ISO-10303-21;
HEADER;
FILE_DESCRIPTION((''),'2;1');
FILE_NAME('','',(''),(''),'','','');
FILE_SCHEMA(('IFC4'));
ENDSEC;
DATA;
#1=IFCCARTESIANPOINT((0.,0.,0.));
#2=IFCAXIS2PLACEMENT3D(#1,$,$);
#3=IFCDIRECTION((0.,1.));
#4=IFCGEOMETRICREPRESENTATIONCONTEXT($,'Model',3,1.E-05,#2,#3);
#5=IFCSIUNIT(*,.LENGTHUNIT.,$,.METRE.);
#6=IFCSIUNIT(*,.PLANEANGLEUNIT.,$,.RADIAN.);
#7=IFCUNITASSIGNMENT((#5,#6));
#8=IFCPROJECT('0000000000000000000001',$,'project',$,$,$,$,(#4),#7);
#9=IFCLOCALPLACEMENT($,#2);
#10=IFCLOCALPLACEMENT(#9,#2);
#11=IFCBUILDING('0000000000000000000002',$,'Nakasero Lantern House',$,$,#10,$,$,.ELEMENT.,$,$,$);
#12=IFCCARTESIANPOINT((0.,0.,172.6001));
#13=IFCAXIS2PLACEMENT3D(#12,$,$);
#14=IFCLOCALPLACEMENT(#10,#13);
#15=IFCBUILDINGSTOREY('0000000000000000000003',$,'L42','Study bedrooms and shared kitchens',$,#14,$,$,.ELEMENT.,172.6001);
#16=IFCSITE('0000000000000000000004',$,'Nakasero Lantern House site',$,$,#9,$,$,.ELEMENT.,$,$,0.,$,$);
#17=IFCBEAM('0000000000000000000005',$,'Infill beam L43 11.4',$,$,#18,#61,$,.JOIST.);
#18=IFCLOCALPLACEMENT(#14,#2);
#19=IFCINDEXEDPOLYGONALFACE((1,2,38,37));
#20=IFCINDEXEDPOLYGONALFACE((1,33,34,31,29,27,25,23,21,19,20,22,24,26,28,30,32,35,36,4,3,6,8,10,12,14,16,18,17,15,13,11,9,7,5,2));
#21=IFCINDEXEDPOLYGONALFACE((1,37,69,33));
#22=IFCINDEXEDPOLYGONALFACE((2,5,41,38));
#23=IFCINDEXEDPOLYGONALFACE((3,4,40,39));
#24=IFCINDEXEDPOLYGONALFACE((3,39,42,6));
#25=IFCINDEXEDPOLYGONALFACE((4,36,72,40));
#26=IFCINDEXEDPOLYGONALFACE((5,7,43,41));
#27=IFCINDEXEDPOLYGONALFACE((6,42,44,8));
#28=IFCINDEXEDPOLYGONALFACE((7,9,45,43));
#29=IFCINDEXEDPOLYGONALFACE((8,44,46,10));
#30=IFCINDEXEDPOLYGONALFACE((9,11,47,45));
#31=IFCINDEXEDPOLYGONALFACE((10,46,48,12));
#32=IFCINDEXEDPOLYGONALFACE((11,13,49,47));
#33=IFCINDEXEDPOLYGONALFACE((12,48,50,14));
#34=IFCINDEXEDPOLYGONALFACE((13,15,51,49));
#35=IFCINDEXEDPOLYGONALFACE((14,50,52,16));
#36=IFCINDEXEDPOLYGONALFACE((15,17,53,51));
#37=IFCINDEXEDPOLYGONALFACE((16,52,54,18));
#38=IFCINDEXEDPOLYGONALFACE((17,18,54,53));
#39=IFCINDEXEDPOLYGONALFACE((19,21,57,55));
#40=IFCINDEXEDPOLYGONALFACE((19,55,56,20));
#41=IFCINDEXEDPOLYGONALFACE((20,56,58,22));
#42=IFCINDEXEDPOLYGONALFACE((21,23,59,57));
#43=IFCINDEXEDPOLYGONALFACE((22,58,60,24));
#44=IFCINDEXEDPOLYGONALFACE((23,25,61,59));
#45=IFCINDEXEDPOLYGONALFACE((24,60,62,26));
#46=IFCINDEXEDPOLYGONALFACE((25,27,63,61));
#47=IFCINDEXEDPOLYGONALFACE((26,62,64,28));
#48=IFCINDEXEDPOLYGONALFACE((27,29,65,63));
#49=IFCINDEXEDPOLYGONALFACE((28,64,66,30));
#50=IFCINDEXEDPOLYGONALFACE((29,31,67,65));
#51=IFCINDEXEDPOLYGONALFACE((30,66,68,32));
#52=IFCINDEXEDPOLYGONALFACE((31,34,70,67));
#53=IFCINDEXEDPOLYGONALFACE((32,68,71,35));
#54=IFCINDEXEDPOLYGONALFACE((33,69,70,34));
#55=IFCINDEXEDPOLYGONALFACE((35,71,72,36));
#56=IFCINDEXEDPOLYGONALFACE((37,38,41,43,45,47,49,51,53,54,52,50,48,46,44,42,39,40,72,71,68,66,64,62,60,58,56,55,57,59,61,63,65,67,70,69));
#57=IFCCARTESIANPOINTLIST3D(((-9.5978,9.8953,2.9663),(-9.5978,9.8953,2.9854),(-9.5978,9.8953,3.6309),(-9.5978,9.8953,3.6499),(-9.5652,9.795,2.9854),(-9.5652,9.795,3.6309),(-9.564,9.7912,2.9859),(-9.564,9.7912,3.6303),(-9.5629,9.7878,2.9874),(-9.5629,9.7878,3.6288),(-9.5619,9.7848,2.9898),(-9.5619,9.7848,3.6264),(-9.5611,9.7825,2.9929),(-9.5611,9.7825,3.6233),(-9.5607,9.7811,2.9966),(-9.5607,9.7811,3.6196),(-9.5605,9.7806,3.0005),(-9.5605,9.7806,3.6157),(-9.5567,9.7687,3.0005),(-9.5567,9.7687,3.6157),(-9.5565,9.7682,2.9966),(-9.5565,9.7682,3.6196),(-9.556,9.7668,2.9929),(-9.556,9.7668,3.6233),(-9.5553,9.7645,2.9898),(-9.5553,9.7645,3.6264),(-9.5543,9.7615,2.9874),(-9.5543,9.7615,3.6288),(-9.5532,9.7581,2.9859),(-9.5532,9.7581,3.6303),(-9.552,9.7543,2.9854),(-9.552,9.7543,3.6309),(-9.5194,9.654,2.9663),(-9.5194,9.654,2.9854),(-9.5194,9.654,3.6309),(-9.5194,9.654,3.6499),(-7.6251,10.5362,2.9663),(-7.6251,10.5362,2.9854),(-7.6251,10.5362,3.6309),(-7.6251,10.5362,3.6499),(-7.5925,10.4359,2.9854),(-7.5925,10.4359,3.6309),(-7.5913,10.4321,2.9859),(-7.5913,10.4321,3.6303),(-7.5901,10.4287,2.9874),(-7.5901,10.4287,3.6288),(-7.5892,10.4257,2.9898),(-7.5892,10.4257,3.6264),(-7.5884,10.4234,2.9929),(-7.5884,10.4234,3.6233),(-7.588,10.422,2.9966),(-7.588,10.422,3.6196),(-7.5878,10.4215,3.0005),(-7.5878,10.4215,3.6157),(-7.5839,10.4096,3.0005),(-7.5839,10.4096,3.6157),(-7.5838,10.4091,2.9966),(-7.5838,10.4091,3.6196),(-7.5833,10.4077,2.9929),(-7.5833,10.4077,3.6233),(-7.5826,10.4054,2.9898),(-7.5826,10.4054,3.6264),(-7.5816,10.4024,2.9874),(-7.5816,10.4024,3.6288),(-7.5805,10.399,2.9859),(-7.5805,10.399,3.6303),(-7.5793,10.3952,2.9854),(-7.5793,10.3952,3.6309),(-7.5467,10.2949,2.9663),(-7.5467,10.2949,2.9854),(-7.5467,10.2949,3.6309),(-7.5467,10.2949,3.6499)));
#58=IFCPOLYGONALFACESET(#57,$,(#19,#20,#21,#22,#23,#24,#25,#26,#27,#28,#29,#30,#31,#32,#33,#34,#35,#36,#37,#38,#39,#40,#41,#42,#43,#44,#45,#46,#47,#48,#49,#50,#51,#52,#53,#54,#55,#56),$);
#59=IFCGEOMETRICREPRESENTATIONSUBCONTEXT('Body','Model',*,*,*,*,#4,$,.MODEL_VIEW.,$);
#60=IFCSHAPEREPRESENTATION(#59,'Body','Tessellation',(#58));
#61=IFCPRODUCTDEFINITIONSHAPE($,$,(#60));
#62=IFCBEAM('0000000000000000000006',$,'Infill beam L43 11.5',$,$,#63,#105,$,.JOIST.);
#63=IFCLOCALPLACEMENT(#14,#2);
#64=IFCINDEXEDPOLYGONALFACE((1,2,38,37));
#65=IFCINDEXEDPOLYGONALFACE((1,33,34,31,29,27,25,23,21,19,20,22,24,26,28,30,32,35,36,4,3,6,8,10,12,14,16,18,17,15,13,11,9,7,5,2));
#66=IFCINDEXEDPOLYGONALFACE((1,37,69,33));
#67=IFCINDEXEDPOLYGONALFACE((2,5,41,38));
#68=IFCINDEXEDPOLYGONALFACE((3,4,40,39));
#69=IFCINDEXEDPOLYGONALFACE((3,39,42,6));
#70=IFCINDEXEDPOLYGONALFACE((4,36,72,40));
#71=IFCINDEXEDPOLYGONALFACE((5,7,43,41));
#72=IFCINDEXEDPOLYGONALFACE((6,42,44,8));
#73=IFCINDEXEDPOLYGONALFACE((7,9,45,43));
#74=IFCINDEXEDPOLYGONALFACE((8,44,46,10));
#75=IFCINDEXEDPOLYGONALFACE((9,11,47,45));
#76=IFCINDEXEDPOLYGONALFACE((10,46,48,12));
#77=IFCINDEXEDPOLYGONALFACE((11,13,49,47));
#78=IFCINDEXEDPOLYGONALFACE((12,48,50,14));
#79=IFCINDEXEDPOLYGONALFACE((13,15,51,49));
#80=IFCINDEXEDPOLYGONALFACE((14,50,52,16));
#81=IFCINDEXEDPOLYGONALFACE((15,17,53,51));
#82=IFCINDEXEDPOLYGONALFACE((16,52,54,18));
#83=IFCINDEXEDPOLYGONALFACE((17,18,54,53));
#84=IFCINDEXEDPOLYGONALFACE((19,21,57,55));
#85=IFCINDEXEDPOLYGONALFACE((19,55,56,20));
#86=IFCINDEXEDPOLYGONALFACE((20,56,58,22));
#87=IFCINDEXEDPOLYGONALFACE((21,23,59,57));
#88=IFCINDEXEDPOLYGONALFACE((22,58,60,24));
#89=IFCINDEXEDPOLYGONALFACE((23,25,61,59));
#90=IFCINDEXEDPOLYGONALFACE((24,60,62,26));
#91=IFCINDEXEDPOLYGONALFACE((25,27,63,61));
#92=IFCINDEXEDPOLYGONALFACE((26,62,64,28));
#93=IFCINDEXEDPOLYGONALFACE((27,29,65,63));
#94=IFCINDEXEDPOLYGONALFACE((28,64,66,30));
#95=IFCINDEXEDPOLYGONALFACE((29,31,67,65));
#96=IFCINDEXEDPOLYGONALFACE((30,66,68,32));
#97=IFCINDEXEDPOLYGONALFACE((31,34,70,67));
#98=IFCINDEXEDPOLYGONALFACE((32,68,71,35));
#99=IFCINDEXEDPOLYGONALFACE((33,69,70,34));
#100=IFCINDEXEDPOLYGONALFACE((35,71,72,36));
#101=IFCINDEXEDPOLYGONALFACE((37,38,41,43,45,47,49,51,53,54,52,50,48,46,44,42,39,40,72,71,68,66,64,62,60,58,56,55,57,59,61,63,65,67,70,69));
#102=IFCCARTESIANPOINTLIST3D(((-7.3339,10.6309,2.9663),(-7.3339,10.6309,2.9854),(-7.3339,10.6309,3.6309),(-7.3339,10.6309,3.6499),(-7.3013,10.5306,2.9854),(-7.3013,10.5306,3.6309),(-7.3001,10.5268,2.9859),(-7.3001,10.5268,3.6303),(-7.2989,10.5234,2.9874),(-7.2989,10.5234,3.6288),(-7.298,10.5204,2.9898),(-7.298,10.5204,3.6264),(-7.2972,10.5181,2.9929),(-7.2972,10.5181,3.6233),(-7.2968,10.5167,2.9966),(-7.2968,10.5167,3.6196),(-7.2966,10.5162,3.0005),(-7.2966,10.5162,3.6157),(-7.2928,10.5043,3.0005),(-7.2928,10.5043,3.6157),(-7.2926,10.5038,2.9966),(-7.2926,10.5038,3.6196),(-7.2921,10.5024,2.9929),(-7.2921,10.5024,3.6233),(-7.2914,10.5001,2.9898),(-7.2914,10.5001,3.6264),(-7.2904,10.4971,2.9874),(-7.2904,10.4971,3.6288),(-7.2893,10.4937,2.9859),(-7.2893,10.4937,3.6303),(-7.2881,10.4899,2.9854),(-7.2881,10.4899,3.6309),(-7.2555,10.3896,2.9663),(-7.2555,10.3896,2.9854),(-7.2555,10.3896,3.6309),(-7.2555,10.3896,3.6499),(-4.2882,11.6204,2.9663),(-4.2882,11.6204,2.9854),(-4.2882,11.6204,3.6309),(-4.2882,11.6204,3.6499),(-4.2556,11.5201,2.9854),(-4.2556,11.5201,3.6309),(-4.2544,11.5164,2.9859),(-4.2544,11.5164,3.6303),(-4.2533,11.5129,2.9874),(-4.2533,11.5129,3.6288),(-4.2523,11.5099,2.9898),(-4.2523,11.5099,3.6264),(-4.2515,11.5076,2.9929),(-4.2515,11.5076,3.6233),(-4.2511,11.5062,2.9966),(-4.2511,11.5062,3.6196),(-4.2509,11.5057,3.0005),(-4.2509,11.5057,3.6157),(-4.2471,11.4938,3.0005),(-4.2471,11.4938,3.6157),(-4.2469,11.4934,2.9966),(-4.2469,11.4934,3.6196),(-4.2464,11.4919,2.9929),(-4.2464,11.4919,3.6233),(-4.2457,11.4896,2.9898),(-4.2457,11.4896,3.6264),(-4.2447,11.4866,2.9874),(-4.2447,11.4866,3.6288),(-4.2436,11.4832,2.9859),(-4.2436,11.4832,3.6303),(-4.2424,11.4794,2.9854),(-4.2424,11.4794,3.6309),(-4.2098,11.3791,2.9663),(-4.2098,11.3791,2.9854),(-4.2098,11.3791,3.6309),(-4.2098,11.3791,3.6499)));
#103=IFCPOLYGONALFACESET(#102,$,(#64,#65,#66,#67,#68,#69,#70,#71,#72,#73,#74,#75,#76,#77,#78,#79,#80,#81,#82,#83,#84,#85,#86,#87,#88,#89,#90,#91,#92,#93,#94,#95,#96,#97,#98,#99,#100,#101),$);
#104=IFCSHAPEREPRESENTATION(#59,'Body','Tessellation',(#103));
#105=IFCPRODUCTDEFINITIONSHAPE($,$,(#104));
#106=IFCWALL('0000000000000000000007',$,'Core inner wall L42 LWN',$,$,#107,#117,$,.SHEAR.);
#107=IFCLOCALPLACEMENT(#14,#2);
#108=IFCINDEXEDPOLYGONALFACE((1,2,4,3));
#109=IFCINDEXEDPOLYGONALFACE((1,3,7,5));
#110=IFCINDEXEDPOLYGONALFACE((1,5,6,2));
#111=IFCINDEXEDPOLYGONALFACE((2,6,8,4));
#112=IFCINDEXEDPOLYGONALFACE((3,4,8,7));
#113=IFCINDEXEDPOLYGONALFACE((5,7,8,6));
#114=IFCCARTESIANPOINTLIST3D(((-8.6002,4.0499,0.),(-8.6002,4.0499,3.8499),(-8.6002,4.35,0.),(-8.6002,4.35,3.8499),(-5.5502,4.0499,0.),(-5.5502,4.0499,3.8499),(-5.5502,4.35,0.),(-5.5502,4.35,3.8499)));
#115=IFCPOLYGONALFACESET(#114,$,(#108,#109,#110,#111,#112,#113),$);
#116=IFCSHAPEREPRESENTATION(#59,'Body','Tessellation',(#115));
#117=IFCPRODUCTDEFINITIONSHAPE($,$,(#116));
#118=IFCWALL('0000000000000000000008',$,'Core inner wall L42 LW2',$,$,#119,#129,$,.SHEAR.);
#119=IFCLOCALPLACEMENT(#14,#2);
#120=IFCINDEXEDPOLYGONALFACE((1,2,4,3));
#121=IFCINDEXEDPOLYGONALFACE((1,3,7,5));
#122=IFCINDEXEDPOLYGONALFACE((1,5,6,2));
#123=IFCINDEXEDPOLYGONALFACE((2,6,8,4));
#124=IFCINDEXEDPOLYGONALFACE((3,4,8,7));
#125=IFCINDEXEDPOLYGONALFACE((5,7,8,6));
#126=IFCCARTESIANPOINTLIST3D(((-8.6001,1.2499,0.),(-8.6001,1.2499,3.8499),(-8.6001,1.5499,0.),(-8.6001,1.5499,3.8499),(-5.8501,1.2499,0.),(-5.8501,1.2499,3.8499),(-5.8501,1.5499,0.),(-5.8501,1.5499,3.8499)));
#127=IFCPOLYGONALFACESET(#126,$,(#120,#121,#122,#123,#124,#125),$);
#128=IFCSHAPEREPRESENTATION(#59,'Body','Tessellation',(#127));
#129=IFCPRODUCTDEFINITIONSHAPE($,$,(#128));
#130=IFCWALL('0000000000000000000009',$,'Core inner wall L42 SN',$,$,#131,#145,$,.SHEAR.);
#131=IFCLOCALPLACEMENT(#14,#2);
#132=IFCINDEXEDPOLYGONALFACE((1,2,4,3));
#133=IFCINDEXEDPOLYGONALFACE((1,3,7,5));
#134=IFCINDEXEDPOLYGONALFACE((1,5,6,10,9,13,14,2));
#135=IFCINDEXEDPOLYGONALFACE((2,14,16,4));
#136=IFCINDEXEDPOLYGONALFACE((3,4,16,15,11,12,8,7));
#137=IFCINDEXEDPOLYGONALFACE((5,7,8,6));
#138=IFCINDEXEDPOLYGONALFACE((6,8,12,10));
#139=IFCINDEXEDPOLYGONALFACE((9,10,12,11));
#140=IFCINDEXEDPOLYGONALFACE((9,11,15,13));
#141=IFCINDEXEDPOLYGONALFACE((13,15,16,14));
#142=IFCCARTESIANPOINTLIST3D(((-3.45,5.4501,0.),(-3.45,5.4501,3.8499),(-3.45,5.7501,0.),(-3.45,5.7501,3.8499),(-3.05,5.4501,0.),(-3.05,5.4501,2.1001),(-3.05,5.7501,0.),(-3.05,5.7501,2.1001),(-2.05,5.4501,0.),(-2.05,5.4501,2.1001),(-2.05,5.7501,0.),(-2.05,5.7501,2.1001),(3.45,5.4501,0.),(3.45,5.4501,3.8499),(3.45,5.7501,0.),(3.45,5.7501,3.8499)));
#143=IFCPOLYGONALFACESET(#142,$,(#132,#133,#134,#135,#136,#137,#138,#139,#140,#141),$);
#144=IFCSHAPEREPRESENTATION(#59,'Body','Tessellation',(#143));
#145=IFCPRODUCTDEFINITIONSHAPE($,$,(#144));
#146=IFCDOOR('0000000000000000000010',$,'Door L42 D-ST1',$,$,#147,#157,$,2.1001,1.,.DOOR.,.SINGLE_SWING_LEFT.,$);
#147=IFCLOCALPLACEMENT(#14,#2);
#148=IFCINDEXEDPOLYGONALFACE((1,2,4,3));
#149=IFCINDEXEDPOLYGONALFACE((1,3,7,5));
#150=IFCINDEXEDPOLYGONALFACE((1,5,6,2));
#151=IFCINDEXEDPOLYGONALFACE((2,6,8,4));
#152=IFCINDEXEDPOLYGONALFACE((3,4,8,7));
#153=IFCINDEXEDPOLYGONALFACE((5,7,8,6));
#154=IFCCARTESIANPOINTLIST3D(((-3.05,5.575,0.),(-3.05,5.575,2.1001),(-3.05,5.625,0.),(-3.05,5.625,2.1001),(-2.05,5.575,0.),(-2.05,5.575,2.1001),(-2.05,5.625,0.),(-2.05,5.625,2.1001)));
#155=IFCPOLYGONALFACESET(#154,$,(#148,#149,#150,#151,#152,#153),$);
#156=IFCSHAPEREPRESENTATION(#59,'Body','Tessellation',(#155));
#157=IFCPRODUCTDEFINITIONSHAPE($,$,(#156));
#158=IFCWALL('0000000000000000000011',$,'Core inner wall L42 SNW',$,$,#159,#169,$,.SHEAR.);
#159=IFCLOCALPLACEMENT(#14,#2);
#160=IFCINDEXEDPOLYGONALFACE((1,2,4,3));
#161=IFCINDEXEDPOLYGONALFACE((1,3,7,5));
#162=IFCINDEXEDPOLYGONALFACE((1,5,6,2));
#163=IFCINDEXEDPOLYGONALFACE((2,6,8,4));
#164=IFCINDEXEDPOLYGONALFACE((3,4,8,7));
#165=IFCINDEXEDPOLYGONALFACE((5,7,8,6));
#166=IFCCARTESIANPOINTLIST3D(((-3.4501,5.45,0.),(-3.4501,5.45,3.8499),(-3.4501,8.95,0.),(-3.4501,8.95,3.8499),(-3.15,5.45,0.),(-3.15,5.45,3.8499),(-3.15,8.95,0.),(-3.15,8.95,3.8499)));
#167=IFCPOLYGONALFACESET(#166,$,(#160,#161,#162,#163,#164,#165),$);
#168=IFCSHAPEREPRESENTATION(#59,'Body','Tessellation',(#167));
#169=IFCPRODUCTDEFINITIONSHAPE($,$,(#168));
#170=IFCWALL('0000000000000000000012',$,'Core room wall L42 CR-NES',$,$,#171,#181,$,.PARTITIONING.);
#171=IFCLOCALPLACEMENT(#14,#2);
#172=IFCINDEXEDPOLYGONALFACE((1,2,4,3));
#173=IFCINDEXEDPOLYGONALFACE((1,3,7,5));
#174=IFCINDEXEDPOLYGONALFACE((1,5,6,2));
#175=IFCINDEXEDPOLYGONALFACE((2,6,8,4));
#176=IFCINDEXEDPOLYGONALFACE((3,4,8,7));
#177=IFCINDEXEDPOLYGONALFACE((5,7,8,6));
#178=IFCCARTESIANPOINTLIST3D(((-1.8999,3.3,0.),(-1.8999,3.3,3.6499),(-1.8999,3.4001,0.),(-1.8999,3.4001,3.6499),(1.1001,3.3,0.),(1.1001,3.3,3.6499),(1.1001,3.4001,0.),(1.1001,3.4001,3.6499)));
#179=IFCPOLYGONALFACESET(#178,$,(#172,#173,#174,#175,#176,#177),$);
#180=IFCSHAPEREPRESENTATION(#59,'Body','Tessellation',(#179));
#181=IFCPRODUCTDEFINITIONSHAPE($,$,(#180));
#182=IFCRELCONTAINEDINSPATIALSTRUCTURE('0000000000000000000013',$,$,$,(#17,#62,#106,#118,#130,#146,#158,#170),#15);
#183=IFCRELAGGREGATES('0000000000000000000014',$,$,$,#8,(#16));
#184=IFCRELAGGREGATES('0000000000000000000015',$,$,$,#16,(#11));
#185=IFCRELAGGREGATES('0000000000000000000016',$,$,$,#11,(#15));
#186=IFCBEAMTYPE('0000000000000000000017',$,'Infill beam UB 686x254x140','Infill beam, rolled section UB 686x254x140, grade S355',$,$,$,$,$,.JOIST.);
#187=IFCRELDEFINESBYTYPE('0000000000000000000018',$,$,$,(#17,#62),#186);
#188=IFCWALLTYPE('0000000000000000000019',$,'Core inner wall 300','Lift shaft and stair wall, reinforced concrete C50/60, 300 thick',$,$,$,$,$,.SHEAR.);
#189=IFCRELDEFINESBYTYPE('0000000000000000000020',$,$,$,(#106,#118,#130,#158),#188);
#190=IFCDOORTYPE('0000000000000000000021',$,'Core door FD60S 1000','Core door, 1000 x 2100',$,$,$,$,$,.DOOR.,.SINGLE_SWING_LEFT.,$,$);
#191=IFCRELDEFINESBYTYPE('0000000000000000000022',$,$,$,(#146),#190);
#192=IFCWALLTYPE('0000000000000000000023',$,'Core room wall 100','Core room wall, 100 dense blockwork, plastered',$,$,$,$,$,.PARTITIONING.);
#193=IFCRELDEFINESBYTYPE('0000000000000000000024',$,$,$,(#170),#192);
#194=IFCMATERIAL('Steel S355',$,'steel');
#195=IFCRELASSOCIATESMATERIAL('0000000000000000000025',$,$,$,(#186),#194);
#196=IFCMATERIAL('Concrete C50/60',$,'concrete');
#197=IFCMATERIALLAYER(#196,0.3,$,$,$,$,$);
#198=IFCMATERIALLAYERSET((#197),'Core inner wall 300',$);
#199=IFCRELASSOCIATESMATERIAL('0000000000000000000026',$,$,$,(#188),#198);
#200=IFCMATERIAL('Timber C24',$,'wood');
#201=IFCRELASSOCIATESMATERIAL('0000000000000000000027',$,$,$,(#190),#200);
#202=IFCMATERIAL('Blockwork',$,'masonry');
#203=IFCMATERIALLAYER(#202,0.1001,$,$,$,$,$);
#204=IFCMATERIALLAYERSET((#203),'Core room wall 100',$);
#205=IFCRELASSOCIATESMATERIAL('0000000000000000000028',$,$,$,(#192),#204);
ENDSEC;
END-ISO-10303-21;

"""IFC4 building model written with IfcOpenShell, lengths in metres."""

from ifc_helpers import new_model, si_unit, direction, frame, frame_2d, origin, origin_2d, place, context, subcontext, project, spatial, rectangle, i_section, extrude, material, layer, layer_set, material_profile, profile_set, type_object, element, fill, save


model = new_model("IFC4")

# Units and contexts
model_context = context("Model", 3, precision=1e-05, world=origin(), true_north=direction((0.0, 1.0)))
body_context = subcontext(model_context, "Body", "Model", "MODEL_VIEW")
ifc_project = project(units=[si_unit("LENGTHUNIT", "METRE"), si_unit("PLANEANGLEUNIT", "RADIAN")], contexts=[model_context])

# Site, building, storey
site_placement = place(None, origin())
site = spatial("IfcSite", under=ifc_project, at=site_placement, Name="Nakasero Lantern House site", CompositionType="ELEMENT", RefElevation=0.0)
building_placement = place(site_placement, origin())
building = spatial("IfcBuilding", under=site, at=building_placement, Name="Nakasero Lantern House", CompositionType="ELEMENT")
storey_placement = place(building_placement, frame((0.0, 0.0, 172.6001)))
storey = spatial("IfcBuildingStorey", under=building, at=storey_placement, Name="L42", Description="Study bedrooms and shared kitchens", CompositionType="ELEMENT", Elevation=172.6001)

# Beams
ifc_material_1 = material(Name="Steel S355", Category="steel")
ifc_material_profile = material_profile(ifc_material_1, i_section(OverallWidth=0.2537, OverallDepth=0.6836, WebThickness=0.0125, FlangeThickness=0.019, FilletRadius=0.0151, at=origin_2d()), Name="UB 686x254x140")
ifc_profile_set = profile_set([ifc_material_profile], Name="Steel S355")
beam_type = type_object("IfcBeamType", Name="Infill beam UB 686x254x140", Description="Infill beam, rolled section UB 686x254x140, grade S355", PredefinedType="JOIST", material=ifc_profile_set)
beam_1_placement = place(storey_placement, frame((-9.5586, 9.7747, 3.3081), z_axis=(0.951069, 0.30898, 0.0), x_axis=(-0.30898, 0.951069, 0.0)))
element("IfcBeam", 1, at=beam_1_placement, inside=storey, type_object=beam_type, Name="Infill beam L43 11.4", PredefinedType="JOIST", context=body_context, shape_type="SweptSolid", body=[
    extrude(i_section(OverallWidth=0.2537, OverallDepth=0.6836, WebThickness=0.0125, FlangeThickness=0.019, FilletRadius=0.0151, at=origin_2d()), origin(), (0.0, 0.0, 1.0), 2.0742),
])
beam_2_placement = place(storey_placement, frame((-7.2947, 10.5103, 3.3081), z_axis=(0.951065, 0.308991, 0.0), x_axis=(-0.308991, 0.951065, 0.0)))
element("IfcBeam", 2, at=beam_2_placement, inside=storey, type_object=beam_type, Name="Infill beam L43 11.5", PredefinedType="JOIST", context=body_context, shape_type="SweptSolid", body=[
    extrude(i_section(OverallWidth=0.2537, OverallDepth=0.6836, WebThickness=0.0125, FlangeThickness=0.019, FilletRadius=0.0151, at=origin_2d()), origin(), (0.0, 0.0, 1.0), 3.2024),
])

# Walls
ifc_material_2 = material(Name="Concrete C50/60", Category="concrete")
ifc_layer_1 = layer(ifc_material_2, 0.3)
ifc_layer_set_1 = layer_set([ifc_layer_1], Name="Core inner wall 300")
wall_type_1 = type_object("IfcWallType", Name="Core inner wall 300", Description="Lift shaft and stair wall, reinforced concrete C50/60, 300 thick", PredefinedType="SHEAR", material=ifc_layer_set_1)
wall_1_placement = place(storey_placement, frame((-8.6001, 4.2, 0.0), z_axis=(0.0, 0.0, 1.0), x_axis=(1.0, 0.0, 0.0)))
element("IfcWall", 3, at=wall_1_placement, inside=storey, type_object=wall_type_1, Name="Core inner wall L42 LWN", PredefinedType="SHEAR", context=body_context, shape_type="SweptSolid", body=[
    extrude(rectangle(XDim=3.05, YDim=0.3, at=frame_2d((1.5249, 0.0))), origin(), (0.0, 0.0, 1.0), 3.8499),
])
wall_2_placement = place(storey_placement, frame((-8.6001, 1.3999, 0.0), z_axis=(0.0, 0.0, 1.0), x_axis=(1.0, 0.0, 0.0)))
element("IfcWall", 4, at=wall_2_placement, inside=storey, type_object=wall_type_1, Name="Core inner wall L42 LW2", PredefinedType="SHEAR", context=body_context, shape_type="SweptSolid", body=[
    extrude(rectangle(XDim=2.75, YDim=0.3, at=frame_2d((1.375, 0.0))), origin(), (0.0, 0.0, 1.0), 3.8499),
])

# Wall, opening, door
wall_3_placement = place(storey_placement, frame((-3.45, 5.6001, 0.0), z_axis=(0.0, 0.0, 1.0), x_axis=(1.0, 0.0, 0.0)))
wall_3 = element("IfcWall", 5, at=wall_3_placement, inside=storey, type_object=wall_type_1, Name="Core inner wall L42 SN", PredefinedType="SHEAR", context=body_context, shape_type="SweptSolid", body=[
    extrude(rectangle(XDim=6.8999, YDim=0.3, at=frame_2d((3.45, 0.0))), origin(), (0.0, 0.0, 1.0), 3.8499),
])
opening_1_placement = place(wall_3_placement, frame((0.3999, 0.0, 0.0)))
opening_1 = element("IfcOpeningElement", 6, at=opening_1_placement, cuts=wall_3, PredefinedType="OPENING", context=body_context, shape_type="SweptSolid", body=[
    extrude(rectangle(XDim=1.0, YDim=2.1001, at=frame_2d((0.5, 1.05))), frame((0.0, 0.1699, 0.0), z_axis=(0.0, -1.0, 0.0), x_axis=(1.0, 0.0, 0.0)), (0.0, 0.0, 1.0), 0.3401),
])
ifc_material_3 = material(Name="Timber C24", Category="wood")
door_type = type_object("IfcDoorType", Name="Core door FD60S 1000", Description="Core door, 1000 x 2100", OperationType="SINGLE_SWING_LEFT", PredefinedType="DOOR", material=ifc_material_3)
door_1_placement = place(opening_1_placement, origin())
door_1 = element("IfcDoor", 7, at=door_1_placement, inside=storey, type_object=door_type, Name="Door L42 D-ST1", OperationType="SINGLE_SWING_LEFT", OverallHeight=2.1001, OverallWidth=1.0, PredefinedType="DOOR", context=body_context, shape_type="SweptSolid", body=[
    extrude(rectangle(XDim=1.0, YDim=2.1001, at=frame_2d((0.5, 1.05))), frame((0.0, 0.0249, 0.0), z_axis=(0.0, -1.0, 0.0), x_axis=(1.0, 0.0, 0.0)), (0.0, 0.0, 1.0), 0.05),
])
fill(opening_1, door_1)

# Walls
wall_4_placement = place(storey_placement, frame((-3.3, 5.45, 0.0), z_axis=(0.0, 0.0, 1.0), x_axis=(0.0, 1.0, 0.0)))
element("IfcWall", 8, at=wall_4_placement, inside=storey, type_object=wall_type_1, Name="Core inner wall L42 SNW", PredefinedType="SHEAR", context=body_context, shape_type="SweptSolid", body=[
    extrude(rectangle(XDim=3.5, YDim=0.3, at=frame_2d((1.75, 0.0))), origin(), (0.0, 0.0, 1.0), 3.8499),
])
ifc_material_4 = material(Name="Blockwork", Category="masonry")
ifc_layer_2 = layer(ifc_material_4, 0.1001)
ifc_layer_set_2 = layer_set([ifc_layer_2], Name="Core room wall 100")
wall_type_2 = type_object("IfcWallType", Name="Core room wall 100", Description="Core room wall, 100 dense blockwork, plastered", PredefinedType="PARTITIONING", material=ifc_layer_set_2)
wall_5_placement = place(storey_placement, frame((-1.8999, 3.3501, 0.0), z_axis=(0.0, 0.0, 1.0), x_axis=(1.0, 0.0, 0.0)))
element("IfcWall", 9, at=wall_5_placement, inside=storey, type_object=wall_type_2, Name="Core room wall L42 CR-NES", PredefinedType="PARTITIONING", context=body_context, shape_type="SweptSolid", body=[
    extrude(rectangle(XDim=3.0, YDim=0.1001, at=frame_2d((1.5, 0.0))), origin(), (0.0, 0.0, 1.0), 3.6499),
])

save(model, "model.ifc")
